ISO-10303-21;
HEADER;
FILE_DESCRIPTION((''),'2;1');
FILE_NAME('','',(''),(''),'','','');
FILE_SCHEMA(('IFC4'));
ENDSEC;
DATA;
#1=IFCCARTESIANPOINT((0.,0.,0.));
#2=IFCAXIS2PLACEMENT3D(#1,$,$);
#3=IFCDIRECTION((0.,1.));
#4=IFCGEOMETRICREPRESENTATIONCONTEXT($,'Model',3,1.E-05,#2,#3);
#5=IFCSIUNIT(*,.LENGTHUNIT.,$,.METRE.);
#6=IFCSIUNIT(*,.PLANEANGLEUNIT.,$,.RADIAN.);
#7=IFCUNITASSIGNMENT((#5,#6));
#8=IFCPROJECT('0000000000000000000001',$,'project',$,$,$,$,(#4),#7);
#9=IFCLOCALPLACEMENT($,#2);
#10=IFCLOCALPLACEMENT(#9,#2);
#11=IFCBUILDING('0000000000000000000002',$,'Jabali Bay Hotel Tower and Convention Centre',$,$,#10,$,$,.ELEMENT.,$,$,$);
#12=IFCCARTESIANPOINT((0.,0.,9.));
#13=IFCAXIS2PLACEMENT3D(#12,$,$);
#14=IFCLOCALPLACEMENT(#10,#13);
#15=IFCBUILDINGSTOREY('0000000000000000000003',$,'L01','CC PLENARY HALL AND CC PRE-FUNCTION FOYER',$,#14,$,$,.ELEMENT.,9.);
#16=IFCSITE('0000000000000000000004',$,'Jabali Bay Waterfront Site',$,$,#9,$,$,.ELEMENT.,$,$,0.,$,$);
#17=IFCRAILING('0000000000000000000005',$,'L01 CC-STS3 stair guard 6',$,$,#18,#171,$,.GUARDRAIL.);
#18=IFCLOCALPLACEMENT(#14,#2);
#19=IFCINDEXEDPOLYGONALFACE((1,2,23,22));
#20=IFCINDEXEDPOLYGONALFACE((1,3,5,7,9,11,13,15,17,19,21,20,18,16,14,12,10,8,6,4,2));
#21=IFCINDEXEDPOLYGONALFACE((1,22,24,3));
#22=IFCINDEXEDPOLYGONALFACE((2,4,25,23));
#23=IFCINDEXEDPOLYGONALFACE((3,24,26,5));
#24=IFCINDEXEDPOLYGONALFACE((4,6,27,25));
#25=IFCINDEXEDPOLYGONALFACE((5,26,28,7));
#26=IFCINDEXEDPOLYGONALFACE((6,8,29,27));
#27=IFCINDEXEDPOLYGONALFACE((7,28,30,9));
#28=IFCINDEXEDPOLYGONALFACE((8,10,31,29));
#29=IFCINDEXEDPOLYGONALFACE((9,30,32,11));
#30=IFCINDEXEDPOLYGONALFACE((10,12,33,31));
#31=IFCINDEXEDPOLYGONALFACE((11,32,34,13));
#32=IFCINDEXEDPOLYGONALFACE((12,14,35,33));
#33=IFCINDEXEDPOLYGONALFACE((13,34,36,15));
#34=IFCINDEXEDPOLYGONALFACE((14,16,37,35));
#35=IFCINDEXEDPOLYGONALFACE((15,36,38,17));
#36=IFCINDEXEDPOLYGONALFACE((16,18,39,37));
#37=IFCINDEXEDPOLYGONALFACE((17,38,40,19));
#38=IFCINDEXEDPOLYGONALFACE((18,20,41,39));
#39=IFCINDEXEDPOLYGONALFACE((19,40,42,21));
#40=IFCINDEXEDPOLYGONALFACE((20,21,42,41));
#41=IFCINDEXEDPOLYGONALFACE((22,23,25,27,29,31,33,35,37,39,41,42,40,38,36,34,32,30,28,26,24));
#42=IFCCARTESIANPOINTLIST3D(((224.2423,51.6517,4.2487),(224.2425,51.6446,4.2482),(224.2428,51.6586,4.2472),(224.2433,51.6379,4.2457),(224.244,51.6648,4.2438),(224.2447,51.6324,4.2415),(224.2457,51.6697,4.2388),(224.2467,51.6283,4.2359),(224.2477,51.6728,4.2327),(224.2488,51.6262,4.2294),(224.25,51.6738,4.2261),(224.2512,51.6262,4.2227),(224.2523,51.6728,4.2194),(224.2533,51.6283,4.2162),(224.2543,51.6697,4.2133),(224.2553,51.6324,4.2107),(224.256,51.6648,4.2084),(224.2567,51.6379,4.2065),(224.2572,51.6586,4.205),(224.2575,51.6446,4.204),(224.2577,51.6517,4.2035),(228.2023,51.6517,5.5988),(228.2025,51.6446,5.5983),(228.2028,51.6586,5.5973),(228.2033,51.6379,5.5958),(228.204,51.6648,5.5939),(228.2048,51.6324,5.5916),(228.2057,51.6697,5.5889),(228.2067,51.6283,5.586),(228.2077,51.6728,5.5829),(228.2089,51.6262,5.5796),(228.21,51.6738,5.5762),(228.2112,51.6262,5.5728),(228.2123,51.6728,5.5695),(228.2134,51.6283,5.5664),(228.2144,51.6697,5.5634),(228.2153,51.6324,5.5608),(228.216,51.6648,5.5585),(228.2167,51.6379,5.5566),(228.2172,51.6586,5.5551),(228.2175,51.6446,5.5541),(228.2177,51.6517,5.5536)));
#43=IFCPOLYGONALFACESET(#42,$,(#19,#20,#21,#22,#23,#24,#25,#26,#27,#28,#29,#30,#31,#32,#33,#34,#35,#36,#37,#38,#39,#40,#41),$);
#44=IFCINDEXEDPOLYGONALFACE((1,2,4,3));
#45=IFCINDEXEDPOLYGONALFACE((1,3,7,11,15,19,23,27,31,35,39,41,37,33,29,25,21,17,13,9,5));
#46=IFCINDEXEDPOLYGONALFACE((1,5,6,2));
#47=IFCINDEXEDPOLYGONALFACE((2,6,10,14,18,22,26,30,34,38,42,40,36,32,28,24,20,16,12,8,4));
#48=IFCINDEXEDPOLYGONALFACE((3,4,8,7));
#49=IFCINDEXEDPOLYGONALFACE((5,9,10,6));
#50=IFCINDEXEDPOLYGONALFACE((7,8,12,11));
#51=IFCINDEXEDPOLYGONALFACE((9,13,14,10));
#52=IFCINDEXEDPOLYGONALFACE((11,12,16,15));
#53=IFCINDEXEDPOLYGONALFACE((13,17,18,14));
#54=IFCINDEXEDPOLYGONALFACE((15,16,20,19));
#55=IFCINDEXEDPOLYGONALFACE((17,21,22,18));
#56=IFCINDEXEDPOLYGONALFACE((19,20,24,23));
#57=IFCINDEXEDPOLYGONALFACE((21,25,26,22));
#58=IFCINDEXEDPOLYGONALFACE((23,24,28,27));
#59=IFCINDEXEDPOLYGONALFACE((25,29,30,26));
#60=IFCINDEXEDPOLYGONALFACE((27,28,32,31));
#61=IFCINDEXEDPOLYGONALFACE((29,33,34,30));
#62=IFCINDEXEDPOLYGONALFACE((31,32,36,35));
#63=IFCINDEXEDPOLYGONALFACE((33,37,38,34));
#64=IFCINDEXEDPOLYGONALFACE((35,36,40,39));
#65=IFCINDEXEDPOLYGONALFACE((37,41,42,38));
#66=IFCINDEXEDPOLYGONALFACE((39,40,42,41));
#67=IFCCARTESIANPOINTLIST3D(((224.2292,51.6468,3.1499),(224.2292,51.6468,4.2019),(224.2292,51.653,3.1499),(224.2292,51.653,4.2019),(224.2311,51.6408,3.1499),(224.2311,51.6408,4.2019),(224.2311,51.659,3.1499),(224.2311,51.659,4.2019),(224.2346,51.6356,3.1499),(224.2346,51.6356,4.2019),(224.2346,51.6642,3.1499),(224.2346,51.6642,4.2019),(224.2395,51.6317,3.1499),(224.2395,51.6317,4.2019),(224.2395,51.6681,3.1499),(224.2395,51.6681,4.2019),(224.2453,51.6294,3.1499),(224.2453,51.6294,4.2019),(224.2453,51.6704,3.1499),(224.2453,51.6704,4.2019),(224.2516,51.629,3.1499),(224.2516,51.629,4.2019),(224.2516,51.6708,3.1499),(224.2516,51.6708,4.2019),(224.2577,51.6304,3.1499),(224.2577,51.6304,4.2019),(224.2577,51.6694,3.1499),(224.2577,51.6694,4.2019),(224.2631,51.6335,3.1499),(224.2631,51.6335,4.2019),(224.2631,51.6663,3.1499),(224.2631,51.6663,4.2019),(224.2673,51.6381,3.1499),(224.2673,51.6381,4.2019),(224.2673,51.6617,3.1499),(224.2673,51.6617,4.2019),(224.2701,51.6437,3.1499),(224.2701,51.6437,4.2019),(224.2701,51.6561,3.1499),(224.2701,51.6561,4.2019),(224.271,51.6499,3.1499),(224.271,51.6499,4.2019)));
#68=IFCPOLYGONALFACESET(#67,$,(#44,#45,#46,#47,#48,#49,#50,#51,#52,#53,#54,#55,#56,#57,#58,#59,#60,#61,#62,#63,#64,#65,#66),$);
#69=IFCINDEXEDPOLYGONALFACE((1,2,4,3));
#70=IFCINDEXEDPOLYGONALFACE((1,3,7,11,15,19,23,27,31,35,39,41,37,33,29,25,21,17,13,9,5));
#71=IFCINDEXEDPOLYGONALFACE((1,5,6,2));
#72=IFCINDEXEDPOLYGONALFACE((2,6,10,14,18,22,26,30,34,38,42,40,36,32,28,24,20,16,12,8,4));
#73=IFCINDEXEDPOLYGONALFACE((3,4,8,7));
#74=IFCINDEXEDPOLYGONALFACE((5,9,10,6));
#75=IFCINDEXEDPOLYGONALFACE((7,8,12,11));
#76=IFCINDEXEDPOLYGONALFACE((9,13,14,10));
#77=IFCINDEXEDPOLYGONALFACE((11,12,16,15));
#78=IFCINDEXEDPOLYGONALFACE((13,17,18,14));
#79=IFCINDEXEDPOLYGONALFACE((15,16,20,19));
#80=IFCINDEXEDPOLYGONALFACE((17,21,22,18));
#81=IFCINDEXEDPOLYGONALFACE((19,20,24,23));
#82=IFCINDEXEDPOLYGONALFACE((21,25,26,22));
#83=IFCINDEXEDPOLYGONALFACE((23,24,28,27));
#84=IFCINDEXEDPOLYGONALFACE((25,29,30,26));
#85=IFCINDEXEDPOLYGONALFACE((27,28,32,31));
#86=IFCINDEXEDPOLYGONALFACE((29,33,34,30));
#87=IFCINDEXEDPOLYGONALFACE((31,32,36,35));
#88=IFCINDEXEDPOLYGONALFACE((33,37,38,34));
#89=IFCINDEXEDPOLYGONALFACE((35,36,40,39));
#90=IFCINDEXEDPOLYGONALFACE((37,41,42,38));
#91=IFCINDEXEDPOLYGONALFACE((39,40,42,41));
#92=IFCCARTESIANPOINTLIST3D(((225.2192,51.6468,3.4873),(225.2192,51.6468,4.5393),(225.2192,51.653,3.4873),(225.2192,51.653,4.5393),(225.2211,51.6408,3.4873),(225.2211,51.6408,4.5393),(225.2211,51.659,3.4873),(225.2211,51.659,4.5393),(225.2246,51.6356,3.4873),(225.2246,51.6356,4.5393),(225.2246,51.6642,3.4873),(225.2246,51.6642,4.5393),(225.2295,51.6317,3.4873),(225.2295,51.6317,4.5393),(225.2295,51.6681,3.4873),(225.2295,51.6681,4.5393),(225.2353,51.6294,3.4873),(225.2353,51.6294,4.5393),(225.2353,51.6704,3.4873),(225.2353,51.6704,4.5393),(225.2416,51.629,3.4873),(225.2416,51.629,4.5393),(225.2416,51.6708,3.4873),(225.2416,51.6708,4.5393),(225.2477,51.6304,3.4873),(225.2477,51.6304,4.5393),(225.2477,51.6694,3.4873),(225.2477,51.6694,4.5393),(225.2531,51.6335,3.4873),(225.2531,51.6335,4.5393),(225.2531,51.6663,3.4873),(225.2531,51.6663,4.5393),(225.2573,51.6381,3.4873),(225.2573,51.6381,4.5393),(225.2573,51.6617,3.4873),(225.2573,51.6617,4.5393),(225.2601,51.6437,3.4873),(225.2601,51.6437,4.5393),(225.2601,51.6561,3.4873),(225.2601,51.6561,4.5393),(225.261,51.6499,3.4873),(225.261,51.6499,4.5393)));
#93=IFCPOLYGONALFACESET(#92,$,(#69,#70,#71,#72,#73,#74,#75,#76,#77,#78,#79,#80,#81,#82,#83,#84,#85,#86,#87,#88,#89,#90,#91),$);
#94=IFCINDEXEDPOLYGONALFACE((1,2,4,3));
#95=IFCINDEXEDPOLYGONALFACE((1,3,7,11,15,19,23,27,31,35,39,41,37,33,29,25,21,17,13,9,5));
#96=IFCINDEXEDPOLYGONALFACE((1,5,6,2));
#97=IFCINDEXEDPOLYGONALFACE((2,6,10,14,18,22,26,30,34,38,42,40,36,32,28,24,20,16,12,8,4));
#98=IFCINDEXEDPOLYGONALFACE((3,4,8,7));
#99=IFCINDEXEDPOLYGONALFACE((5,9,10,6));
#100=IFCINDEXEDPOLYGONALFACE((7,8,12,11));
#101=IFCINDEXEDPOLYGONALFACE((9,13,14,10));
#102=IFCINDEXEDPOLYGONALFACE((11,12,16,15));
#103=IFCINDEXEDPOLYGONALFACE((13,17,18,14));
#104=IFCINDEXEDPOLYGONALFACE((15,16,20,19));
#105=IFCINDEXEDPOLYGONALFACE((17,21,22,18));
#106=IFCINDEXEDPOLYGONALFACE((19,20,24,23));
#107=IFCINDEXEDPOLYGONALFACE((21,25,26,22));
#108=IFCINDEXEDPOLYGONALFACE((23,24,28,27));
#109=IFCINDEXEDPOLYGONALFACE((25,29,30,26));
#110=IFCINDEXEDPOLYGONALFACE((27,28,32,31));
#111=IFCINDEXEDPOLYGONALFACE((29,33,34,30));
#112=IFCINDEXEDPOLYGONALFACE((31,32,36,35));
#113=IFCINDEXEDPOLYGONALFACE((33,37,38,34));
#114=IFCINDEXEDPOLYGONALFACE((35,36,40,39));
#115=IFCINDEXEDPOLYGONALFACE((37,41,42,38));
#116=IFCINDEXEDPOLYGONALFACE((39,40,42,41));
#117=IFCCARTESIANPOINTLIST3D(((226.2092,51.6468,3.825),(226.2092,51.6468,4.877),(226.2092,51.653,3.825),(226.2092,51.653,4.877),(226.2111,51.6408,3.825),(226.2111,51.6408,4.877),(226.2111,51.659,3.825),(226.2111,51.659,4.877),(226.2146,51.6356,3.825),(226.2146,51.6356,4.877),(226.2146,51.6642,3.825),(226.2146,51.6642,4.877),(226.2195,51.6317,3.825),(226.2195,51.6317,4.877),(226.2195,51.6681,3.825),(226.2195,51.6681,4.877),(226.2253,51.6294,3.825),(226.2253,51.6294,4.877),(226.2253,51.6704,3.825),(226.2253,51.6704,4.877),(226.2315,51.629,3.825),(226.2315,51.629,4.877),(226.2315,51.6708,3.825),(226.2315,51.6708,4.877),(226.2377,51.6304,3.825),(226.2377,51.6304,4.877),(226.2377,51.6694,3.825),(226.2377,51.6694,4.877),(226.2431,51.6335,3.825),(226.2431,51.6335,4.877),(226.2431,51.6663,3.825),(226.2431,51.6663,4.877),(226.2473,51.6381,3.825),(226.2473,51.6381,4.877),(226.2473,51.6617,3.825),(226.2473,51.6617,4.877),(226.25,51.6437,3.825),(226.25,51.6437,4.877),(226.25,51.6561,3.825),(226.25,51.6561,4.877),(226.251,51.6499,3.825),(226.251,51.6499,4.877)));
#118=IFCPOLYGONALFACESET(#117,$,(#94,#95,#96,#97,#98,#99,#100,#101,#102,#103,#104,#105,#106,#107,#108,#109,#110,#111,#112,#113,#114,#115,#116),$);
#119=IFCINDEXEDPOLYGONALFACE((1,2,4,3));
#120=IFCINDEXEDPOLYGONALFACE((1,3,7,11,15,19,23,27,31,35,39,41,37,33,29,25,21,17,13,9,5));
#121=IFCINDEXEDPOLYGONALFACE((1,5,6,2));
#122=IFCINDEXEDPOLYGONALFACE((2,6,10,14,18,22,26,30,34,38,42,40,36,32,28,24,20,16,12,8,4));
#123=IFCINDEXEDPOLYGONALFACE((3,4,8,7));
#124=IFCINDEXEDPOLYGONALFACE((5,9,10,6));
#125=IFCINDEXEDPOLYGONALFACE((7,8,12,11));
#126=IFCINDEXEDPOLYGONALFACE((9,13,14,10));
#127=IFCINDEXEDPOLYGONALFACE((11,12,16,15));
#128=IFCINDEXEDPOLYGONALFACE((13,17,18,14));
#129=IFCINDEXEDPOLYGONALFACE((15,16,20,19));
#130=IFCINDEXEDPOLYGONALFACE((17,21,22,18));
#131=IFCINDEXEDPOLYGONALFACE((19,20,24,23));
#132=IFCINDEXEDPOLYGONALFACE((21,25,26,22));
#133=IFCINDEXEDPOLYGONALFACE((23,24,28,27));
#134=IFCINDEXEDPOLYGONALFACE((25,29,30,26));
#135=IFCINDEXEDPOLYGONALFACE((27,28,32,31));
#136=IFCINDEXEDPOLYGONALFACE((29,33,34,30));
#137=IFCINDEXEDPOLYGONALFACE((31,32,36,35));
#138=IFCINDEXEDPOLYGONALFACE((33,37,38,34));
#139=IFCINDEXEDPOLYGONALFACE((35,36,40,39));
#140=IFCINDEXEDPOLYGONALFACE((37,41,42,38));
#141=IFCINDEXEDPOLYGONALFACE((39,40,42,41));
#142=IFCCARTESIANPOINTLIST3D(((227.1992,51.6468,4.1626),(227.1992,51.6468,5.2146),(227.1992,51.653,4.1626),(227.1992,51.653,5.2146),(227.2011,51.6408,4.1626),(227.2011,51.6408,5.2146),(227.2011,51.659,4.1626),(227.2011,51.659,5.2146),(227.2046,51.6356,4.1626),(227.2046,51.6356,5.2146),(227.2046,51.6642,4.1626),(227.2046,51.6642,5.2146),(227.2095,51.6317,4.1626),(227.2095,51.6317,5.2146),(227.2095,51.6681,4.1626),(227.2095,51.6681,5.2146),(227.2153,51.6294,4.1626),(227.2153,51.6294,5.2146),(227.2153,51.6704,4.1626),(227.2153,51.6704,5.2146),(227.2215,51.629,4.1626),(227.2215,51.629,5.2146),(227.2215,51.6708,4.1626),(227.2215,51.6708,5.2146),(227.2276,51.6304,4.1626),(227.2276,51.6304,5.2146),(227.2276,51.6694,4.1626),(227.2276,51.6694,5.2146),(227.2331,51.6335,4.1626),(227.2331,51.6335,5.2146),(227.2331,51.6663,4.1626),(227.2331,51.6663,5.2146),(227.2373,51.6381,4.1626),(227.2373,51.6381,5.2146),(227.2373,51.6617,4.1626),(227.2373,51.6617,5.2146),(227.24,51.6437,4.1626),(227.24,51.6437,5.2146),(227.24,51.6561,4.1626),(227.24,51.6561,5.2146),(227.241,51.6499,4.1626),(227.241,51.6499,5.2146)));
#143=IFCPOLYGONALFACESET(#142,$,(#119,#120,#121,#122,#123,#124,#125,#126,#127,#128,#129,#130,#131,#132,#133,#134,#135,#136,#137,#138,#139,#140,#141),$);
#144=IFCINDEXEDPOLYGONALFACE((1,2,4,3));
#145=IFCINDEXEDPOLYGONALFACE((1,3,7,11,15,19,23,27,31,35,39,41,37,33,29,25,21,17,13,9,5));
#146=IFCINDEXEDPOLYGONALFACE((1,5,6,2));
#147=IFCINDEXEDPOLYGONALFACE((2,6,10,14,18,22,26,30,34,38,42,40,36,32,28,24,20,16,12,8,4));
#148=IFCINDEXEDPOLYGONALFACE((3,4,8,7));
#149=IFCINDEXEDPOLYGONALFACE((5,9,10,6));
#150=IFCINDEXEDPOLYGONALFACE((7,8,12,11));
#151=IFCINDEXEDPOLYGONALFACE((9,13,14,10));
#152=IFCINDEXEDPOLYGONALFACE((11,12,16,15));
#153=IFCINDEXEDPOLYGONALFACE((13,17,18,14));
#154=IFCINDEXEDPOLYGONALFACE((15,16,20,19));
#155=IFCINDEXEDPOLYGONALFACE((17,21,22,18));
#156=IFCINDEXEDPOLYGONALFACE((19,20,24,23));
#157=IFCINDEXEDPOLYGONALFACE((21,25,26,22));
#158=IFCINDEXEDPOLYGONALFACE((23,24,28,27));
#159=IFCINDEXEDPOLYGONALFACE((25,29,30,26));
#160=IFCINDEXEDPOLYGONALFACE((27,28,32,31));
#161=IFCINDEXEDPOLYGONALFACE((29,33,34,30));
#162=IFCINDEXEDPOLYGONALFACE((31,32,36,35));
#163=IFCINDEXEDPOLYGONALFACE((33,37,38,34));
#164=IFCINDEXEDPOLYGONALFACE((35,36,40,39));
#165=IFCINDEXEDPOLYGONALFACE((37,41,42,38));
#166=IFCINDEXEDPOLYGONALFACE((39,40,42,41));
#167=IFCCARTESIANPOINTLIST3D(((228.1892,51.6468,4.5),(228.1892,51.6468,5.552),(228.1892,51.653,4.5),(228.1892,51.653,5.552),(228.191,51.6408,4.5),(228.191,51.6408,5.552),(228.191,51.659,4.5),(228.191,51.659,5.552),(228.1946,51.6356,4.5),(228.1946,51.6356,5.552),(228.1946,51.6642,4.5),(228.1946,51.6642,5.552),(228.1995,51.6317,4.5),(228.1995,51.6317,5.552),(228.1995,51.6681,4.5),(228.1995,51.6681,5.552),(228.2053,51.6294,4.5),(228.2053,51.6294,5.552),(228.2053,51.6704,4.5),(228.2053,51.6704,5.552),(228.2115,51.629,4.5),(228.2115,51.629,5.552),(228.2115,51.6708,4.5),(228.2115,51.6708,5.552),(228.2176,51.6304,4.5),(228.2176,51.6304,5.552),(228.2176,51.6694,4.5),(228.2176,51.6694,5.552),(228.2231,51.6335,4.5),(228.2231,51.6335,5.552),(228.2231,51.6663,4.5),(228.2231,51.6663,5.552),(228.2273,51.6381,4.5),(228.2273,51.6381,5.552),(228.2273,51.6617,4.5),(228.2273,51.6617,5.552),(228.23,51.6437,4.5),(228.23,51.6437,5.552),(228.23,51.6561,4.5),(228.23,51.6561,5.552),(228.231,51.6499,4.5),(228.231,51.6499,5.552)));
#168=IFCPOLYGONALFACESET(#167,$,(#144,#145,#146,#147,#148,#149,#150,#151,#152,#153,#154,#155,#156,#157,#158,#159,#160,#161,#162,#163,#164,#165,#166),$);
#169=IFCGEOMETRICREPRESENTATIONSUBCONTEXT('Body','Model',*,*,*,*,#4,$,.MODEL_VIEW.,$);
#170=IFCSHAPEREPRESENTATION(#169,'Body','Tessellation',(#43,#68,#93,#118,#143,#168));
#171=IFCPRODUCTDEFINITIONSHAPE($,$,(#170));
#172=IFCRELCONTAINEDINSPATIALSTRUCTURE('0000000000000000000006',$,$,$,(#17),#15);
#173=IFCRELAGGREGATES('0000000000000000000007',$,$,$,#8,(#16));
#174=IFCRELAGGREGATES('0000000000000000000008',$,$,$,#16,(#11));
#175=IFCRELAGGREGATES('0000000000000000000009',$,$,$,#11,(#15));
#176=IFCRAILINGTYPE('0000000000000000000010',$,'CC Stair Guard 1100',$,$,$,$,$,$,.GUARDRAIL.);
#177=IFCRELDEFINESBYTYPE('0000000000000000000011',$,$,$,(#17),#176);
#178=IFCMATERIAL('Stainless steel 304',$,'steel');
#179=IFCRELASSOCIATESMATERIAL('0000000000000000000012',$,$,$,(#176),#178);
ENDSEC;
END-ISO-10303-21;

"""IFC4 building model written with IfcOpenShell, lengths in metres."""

from ifc_helpers import new_model, si_unit, direction, frame, origin, origin_2d, place, context, subcontext, project, spatial, circle, extrude, material, type_object, element, save


model = new_model("IFC4")

# Units and contexts
model_context = context("Model", 3, precision=1e-05, world=origin(), true_north=direction((0.0, 1.0)))
body_context = subcontext(model_context, "Body", "Model", "MODEL_VIEW")
ifc_project = project(units=[si_unit("LENGTHUNIT", "METRE"), si_unit("PLANEANGLEUNIT", "RADIAN")], contexts=[model_context])

# Site, building, storey
site_placement = place(None, origin())
site = spatial("IfcSite", under=ifc_project, at=site_placement, Name="Jabali Bay Waterfront Site", CompositionType="ELEMENT", RefElevation=0.0)
building_placement = place(site_placement, origin())
building = spatial("IfcBuilding", under=site, at=building_placement, Name="Jabali Bay Hotel Tower and Convention Centre", CompositionType="ELEMENT")
storey_placement = place(building_placement, frame((0.0, 0.0, 9.0)))
storey = spatial("IfcBuildingStorey", under=building, at=storey_placement, Name="L01", Description="CC PLENARY HALL AND CC PRE-FUNCTION FOYER", CompositionType="ELEMENT", Elevation=9.0)

# Railing
ifc_material_1 = material(Name="Stainless steel 304", Category="steel")
railing_type_1 = type_object("IfcRailingType", Name="CC Stair Guard 1100", PredefinedType="GUARDRAIL", material=ifc_material_1)
railing_1_placement = place(storey_placement, frame((224.25, 51.6499, 3.1499)))
element("IfcRailing", 1, at=railing_1_placement, inside=storey, type_object=railing_type_1, Name="L01 CC-STS3 stair guard 6", PredefinedType="GUARDRAIL", context=body_context, shape_type="SweptSolid", body=[
    extrude(circle(Radius=0.0239, at=origin_2d()), frame((0.0, 0.0, 1.0762), z_axis=(0.946502, 0.0, 0.322698), x_axis=(0.0, 1.0, 0.0)), (0.0, 0.0, 1.0), 4.1838),
    extrude(circle(Radius=0.021, at=origin_2d()), origin(), (0.0, 0.0, 1.0), 1.052),
    extrude(circle(Radius=0.021, at=origin_2d()), frame((0.99, 0.0, 0.3374)), (0.0, 0.0, 1.0), 1.052),
    extrude(circle(Radius=0.021, at=origin_2d()), frame((1.98, 0.0, 0.675)), (0.0, 0.0, 1.0), 1.052),
    extrude(circle(Radius=0.021, at=origin_2d()), frame((2.97, 0.0, 1.0127)), (0.0, 0.0, 1.0), 1.052),
    extrude(circle(Radius=0.021, at=origin_2d()), frame((3.96, 0.0, 1.3501)), (0.0, 0.0, 1.0), 1.052),
])

save(model, "model.ifc")
